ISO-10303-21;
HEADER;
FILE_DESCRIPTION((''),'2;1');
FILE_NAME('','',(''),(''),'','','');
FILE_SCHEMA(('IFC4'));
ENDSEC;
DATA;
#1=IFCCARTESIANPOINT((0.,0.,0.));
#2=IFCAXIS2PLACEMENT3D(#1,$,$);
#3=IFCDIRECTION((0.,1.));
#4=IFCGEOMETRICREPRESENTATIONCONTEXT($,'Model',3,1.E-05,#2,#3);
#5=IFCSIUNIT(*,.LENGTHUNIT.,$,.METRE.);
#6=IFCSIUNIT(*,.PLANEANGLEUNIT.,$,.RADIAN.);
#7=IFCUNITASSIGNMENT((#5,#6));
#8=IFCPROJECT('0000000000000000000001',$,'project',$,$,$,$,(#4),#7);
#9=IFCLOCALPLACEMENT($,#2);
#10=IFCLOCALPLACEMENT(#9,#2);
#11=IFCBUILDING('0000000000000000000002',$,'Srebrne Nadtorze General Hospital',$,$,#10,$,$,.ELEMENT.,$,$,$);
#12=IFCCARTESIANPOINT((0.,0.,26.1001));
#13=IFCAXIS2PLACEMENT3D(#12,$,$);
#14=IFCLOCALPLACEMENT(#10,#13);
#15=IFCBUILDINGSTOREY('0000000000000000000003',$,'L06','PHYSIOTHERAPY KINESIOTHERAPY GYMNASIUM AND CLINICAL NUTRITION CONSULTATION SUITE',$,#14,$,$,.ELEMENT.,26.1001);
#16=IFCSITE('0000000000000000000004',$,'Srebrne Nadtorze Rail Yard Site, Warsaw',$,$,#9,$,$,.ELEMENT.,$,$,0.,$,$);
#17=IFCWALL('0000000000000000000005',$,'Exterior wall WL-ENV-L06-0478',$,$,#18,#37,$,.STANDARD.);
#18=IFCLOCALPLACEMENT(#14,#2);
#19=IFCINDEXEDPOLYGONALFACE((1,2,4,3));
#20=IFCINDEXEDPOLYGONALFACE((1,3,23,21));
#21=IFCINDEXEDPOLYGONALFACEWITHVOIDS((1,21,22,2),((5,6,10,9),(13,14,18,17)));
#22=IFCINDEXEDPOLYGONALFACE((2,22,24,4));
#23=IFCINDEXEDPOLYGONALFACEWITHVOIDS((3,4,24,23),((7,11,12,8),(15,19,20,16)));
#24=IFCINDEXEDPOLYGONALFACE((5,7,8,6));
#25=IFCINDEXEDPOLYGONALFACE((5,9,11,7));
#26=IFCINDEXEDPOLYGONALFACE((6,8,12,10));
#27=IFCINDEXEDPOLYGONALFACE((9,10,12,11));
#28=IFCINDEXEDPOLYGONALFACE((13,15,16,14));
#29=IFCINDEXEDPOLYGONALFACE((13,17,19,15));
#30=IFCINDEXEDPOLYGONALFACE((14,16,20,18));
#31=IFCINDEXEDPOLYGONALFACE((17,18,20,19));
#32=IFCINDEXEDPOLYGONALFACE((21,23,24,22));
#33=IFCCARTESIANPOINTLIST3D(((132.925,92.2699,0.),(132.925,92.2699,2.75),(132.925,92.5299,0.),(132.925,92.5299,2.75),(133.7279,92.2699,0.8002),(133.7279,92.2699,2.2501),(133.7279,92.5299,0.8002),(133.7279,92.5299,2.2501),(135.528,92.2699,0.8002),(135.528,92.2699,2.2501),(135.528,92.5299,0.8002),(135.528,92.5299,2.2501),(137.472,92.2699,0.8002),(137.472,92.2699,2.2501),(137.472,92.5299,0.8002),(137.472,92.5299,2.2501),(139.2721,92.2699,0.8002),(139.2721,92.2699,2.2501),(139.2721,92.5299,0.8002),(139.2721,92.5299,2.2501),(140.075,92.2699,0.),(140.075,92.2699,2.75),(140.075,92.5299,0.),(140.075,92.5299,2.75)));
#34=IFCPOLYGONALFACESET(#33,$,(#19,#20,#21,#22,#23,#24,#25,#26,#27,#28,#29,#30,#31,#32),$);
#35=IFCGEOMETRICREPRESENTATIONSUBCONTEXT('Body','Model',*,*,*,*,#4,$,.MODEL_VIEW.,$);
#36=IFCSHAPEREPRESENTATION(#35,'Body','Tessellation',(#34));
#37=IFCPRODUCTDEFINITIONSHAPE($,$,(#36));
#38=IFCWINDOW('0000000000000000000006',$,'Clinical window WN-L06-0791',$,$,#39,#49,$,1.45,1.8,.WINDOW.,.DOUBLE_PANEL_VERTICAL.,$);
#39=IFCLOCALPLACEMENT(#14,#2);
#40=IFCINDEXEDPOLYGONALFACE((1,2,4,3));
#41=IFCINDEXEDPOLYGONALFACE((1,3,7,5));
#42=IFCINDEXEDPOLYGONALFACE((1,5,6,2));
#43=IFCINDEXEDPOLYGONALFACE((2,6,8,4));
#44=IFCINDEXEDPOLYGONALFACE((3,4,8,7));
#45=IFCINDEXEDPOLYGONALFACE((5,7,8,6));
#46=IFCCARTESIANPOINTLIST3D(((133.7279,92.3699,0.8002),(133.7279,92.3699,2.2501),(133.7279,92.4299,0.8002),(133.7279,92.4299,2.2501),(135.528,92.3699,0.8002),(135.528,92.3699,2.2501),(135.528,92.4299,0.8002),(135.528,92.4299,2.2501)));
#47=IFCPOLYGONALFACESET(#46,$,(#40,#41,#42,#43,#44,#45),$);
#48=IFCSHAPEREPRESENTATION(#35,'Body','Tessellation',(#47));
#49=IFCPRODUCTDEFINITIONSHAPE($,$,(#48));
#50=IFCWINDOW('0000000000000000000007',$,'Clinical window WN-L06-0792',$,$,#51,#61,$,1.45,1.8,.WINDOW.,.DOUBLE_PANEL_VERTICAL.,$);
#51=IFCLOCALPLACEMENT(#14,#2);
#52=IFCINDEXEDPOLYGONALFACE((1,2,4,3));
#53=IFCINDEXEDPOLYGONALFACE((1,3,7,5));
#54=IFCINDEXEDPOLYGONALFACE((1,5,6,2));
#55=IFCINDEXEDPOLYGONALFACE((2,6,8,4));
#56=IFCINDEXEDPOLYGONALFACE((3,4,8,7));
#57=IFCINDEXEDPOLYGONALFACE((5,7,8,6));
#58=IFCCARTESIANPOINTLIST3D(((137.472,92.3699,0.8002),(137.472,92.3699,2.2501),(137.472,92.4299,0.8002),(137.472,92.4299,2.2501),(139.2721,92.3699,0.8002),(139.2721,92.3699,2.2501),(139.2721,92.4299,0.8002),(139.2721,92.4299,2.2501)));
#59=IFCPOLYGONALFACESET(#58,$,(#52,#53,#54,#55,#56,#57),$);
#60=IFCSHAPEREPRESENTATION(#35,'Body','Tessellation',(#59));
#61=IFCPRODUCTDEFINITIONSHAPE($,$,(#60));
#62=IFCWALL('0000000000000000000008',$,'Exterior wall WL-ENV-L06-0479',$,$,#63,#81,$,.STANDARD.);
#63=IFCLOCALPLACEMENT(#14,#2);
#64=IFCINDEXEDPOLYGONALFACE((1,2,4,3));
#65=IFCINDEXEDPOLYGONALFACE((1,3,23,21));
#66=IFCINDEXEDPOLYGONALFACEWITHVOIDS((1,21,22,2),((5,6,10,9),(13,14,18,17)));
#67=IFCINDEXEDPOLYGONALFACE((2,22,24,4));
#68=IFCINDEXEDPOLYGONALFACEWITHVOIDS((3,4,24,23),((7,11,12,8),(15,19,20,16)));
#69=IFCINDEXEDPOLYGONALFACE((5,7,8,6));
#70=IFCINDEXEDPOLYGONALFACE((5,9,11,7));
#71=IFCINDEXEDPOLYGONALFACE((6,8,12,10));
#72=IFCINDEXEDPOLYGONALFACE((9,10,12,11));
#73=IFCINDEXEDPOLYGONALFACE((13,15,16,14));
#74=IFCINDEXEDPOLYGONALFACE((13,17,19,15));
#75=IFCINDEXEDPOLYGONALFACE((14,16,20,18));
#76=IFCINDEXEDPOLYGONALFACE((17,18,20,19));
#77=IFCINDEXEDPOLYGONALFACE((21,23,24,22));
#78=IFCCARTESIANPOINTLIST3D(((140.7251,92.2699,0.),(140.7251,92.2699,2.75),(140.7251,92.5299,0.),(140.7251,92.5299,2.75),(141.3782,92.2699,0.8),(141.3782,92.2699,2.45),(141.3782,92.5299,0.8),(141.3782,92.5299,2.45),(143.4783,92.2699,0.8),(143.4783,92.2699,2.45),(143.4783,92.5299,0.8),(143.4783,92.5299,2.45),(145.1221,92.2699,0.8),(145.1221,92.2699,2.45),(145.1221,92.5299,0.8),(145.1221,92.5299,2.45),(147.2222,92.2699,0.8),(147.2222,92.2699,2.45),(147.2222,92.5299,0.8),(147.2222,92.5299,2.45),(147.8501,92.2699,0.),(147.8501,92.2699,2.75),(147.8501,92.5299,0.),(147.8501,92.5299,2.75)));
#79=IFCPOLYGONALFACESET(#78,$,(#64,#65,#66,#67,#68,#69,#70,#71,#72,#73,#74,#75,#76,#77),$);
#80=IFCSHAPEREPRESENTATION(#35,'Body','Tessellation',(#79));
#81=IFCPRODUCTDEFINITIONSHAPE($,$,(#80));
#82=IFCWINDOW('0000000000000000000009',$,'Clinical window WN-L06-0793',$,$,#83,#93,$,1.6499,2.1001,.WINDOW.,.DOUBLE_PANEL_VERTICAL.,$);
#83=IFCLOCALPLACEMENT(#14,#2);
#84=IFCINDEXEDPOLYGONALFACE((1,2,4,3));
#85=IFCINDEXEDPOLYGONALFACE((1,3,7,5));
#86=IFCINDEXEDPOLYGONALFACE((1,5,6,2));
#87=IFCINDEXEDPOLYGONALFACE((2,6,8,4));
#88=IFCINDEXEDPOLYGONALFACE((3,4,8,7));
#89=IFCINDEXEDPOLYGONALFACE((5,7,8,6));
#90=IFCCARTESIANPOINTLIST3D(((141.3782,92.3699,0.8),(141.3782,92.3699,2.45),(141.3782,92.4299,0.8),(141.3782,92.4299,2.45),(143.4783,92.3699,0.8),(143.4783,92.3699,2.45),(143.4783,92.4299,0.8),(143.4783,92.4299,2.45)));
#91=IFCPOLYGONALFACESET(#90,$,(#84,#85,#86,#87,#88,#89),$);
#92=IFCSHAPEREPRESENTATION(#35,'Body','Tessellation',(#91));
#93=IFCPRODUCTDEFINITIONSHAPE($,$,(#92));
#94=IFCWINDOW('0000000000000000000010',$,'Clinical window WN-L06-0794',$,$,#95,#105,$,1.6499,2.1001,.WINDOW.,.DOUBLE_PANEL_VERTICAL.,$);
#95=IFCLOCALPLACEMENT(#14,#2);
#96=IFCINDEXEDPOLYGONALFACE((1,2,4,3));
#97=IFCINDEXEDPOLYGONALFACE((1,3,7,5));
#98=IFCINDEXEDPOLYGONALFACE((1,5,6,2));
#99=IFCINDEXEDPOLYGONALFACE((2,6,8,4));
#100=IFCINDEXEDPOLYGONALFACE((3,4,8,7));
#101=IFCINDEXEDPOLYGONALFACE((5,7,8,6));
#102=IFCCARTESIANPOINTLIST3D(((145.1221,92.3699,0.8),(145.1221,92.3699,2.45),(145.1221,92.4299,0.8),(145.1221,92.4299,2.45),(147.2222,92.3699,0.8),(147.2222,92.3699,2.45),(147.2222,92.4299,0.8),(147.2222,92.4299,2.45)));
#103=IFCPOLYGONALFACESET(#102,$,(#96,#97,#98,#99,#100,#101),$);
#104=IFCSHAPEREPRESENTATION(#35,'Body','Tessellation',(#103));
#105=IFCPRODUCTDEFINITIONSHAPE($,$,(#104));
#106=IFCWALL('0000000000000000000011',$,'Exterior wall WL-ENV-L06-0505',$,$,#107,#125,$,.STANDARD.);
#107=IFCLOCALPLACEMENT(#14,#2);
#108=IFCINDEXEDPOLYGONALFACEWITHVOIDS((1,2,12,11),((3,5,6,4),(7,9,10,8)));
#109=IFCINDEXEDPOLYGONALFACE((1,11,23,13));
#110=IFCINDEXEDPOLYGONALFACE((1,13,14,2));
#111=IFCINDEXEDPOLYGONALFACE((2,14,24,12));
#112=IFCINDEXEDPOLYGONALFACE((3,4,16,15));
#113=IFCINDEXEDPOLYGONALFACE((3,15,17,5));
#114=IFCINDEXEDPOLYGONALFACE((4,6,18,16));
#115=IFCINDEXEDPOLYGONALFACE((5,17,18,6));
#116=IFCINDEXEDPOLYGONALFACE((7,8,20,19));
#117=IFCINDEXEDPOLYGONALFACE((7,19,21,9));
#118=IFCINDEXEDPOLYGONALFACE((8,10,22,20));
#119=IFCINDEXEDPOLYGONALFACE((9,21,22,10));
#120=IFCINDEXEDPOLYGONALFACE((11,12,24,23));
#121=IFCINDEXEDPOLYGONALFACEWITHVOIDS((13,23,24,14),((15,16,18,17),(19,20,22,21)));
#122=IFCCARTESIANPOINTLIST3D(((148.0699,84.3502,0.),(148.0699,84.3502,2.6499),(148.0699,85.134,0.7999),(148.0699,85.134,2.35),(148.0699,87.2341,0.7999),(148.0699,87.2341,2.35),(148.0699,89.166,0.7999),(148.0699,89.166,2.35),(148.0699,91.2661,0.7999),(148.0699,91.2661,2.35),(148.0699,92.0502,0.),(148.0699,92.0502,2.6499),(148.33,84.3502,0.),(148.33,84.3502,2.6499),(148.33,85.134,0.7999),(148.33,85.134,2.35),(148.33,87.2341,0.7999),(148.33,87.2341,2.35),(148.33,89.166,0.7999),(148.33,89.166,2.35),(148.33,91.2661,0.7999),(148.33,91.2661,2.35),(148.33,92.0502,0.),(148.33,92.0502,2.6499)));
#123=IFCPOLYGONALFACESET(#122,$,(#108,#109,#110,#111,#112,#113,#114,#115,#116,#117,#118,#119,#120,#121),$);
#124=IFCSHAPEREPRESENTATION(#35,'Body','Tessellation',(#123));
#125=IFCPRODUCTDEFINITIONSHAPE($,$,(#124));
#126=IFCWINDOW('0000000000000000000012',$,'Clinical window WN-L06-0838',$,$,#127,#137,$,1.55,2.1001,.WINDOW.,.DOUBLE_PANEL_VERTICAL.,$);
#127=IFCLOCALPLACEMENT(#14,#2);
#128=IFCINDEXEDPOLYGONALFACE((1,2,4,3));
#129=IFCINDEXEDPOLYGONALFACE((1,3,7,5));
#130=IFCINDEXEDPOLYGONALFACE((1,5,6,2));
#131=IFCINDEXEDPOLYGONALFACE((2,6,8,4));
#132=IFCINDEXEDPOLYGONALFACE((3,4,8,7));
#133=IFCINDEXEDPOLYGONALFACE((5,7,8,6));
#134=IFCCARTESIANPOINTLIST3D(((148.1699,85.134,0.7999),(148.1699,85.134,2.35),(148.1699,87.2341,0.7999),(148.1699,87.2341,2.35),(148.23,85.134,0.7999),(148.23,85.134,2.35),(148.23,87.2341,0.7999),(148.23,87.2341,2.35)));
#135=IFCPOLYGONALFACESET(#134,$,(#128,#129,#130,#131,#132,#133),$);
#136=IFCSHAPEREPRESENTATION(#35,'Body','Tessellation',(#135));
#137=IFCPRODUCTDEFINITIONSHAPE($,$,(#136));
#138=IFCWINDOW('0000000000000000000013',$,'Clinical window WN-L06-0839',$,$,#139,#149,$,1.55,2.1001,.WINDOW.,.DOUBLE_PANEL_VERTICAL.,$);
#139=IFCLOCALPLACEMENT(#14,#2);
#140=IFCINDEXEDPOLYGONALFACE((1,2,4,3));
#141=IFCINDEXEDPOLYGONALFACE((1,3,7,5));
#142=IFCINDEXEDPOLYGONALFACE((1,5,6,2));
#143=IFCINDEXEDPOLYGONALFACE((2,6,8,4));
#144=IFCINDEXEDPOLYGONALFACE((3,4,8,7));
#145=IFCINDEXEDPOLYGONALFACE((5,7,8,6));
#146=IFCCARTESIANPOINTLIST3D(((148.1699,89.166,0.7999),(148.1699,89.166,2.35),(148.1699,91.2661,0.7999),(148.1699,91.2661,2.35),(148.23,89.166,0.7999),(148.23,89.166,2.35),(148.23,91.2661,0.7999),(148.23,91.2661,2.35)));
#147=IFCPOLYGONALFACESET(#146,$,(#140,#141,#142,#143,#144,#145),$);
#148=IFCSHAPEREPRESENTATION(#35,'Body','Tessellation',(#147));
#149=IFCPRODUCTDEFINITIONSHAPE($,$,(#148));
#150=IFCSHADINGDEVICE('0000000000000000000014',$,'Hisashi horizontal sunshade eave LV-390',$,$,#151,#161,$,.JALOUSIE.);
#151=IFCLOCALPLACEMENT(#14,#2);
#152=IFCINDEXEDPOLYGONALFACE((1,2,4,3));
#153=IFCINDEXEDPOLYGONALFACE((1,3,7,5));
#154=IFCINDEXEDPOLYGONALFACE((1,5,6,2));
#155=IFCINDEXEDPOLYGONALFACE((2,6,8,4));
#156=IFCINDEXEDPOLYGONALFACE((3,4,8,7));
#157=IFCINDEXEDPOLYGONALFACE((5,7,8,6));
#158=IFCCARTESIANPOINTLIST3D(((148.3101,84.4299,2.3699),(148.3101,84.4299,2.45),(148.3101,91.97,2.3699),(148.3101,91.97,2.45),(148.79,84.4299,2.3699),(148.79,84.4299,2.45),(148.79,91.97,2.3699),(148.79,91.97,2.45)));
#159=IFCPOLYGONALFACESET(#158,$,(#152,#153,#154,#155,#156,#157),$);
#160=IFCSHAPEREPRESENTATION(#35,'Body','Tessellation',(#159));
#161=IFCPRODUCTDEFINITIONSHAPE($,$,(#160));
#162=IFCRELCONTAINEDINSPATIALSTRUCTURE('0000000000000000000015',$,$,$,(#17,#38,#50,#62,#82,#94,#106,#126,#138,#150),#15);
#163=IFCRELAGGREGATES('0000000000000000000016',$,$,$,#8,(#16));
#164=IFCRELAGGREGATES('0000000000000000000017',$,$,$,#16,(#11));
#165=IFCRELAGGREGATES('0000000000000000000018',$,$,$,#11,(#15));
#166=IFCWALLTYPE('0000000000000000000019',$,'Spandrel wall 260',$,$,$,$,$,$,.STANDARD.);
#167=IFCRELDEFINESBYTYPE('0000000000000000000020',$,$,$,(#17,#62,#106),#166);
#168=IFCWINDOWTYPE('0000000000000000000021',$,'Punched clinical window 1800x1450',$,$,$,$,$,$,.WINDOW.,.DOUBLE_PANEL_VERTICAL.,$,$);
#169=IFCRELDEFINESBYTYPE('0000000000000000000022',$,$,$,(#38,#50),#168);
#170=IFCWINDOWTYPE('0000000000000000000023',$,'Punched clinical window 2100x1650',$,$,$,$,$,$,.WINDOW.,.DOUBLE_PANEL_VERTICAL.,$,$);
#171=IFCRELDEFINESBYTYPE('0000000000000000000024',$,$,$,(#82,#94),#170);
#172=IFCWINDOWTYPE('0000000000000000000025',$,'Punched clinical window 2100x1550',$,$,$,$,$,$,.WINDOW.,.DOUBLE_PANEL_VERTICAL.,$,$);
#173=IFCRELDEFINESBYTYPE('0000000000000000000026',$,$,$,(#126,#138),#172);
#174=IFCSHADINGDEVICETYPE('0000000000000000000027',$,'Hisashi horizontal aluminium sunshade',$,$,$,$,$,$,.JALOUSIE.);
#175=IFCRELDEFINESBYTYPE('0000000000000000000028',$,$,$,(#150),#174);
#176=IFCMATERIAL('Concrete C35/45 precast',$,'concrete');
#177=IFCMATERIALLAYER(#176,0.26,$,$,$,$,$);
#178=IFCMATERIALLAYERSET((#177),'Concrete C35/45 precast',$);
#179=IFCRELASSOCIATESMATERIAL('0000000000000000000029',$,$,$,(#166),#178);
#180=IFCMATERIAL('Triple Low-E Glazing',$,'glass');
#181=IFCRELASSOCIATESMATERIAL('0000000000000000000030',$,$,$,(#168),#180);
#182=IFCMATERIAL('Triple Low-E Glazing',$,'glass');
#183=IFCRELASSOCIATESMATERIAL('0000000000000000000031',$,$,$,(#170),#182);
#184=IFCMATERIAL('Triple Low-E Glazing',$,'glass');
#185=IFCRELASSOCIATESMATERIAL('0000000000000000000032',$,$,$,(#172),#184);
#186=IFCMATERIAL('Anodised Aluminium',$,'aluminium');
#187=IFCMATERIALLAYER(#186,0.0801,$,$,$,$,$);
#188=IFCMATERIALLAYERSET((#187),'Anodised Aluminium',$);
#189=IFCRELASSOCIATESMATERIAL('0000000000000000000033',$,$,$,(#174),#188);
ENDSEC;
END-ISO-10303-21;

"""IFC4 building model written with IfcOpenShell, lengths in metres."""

from ifc_helpers import new_model, si_unit, direction, frame, frame_2d, origin, origin_2d, place, context, subcontext, project, spatial, rectangle, extrude, material, layer, layer_set, type_object, element, fill, save


model = new_model("IFC4")

# Units and contexts
model_context = context("Model", 3, precision=1e-05, world=origin(), true_north=direction((0.0, 1.0)))
body_context = subcontext(model_context, "Body", "Model", "MODEL_VIEW")
ifc_project = project(units=[si_unit("LENGTHUNIT", "METRE"), si_unit("PLANEANGLEUNIT", "RADIAN")], contexts=[model_context])

# Site, building, storey
site_placement = place(None, origin())
site = spatial("IfcSite", under=ifc_project, at=site_placement, Name="Srebrne Nadtorze Rail Yard Site, Warsaw", CompositionType="ELEMENT", RefElevation=0.0)
building_placement = place(site_placement, origin())
building = spatial("IfcBuilding", under=site, at=building_placement, Name="Srebrne Nadtorze General Hospital", CompositionType="ELEMENT")
storey_placement = place(building_placement, frame((0.0, 0.0, 26.1001)))
storey = spatial("IfcBuildingStorey", under=building, at=storey_placement, Name="L06", Description="PHYSIOTHERAPY KINESIOTHERAPY GYMNASIUM AND CLINICAL NUTRITION CONSULTATION SUITE", CompositionType="ELEMENT", Elevation=26.1001)

# Walls, openings, windows
ifc_material_1 = material(Name="Concrete C35/45 precast", Category="concrete")
ifc_layer_1 = layer(ifc_material_1, 0.26)
ifc_layer_set_1 = layer_set([ifc_layer_1], Name="Concrete C35/45 precast")
wall_type = type_object("IfcWallType", Name="Spandrel wall 260", PredefinedType="STANDARD", material=ifc_layer_set_1)
wall_1_placement = place(storey_placement, frame((132.925, 92.3999, 0.0), z_axis=(0.0, 0.0, 1.0), x_axis=(1.0, 0.0, 0.0)))
wall_1 = element("IfcWall", 1, at=wall_1_placement, inside=storey, type_object=wall_type, Name="Exterior wall WL-ENV-L06-0478", PredefinedType="STANDARD", context=body_context, shape_type="SweptSolid", body=[
    extrude(rectangle(XDim=7.1499, YDim=0.26, at=frame_2d((3.575, 0.0))), origin(), (0.0, 0.0, 1.0), 2.75),
])
opening_1_placement = place(wall_1_placement, frame((0.803, 0.0, 0.8)))
opening_1 = element("IfcOpeningElement", 2, at=opening_1_placement, cuts=wall_1, PredefinedType="OPENING", context=body_context, shape_type="SweptSolid", body=[
    extrude(rectangle(XDim=1.8, YDim=1.45, at=frame_2d((0.8999, 0.7251))), frame((0.0, 0.1421, 0.0), z_axis=(0.0, -1.0, 0.0), x_axis=(1.0, 0.0, 0.0)), (0.0, 0.0, 1.0), 0.2839),
])
opening_2_placement = place(wall_1_placement, frame((4.5471, 0.0, 0.8)))
opening_2 = element("IfcOpeningElement", 3, at=opening_2_placement, cuts=wall_1, PredefinedType="OPENING", context=body_context, shape_type="SweptSolid", body=[
    extrude(rectangle(XDim=1.8, YDim=1.45, at=frame_2d((0.8999, 0.7251))), frame((0.0, 0.1421, 0.0), z_axis=(0.0, -1.0, 0.0), x_axis=(1.0, 0.0, 0.0)), (0.0, 0.0, 1.0), 0.2839),
])
ifc_material_2 = material(Name="Triple Low-E Glazing", Category="glass")
window_type_1 = type_object("IfcWindowType", Name="Punched clinical window 1800x1450", PartitioningType="DOUBLE_PANEL_VERTICAL", PredefinedType="WINDOW", material=ifc_material_2)
window_1_placement = place(opening_1_placement, origin())
window_1 = element("IfcWindow", 4, at=window_1_placement, inside=storey, type_object=window_type_1, Name="Clinical window WN-L06-0791", OverallHeight=1.45, OverallWidth=1.8, PartitioningType="DOUBLE_PANEL_VERTICAL", PredefinedType="WINDOW", context=body_context, shape_type="SweptSolid", body=[
    extrude(rectangle(XDim=1.8, YDim=1.45, at=frame_2d((0.8999, 0.7251))), frame((0.0, 0.03, 0.0), z_axis=(0.0, -1.0, 0.0), x_axis=(1.0, 0.0, 0.0)), (0.0, 0.0, 1.0), 0.0601),
])
fill(opening_1, window_1)
window_2_placement = place(opening_2_placement, origin())
window_2 = element("IfcWindow", 5, at=window_2_placement, inside=storey, type_object=window_type_1, Name="Clinical window WN-L06-0792", OverallHeight=1.45, OverallWidth=1.8, PartitioningType="DOUBLE_PANEL_VERTICAL", PredefinedType="WINDOW", context=body_context, shape_type="SweptSolid", body=[
    extrude(rectangle(XDim=1.8, YDim=1.45, at=frame_2d((0.8999, 0.7251))), frame((0.0, 0.03, 0.0), z_axis=(0.0, -1.0, 0.0), x_axis=(1.0, 0.0, 0.0)), (0.0, 0.0, 1.0), 0.0601),
])
fill(opening_2, window_2)
wall_2_placement = place(storey_placement, frame((140.7251, 92.3999, 0.0), z_axis=(0.0, 0.0, 1.0), x_axis=(1.0, 0.0, 0.0)))
wall_2 = element("IfcWall", 6, at=wall_2_placement, inside=storey, type_object=wall_type, Name="Exterior wall WL-ENV-L06-0479", PredefinedType="STANDARD", context=body_context, shape_type="SweptSolid", body=[
    extrude(rectangle(XDim=7.125, YDim=0.26, at=frame_2d((3.5625, 0.0))), origin(), (0.0, 0.0, 1.0), 2.75),
])
opening_3_placement = place(wall_2_placement, frame((0.6531, 0.0, 0.8)))
opening_3 = element("IfcOpeningElement", 7, at=opening_3_placement, cuts=wall_2, PredefinedType="OPENING", context=body_context, shape_type="SweptSolid", body=[
    extrude(rectangle(XDim=2.1001, YDim=1.6499, at=frame_2d((1.05, 0.825))), frame((0.0, 0.1421, 0.0), z_axis=(0.0, -1.0, 0.0), x_axis=(1.0, 0.0, 0.0)), (0.0, 0.0, 1.0), 0.2839),
])
opening_4_placement = place(wall_2_placement, frame((4.397, 0.0, 0.8)))
opening_4 = element("IfcOpeningElement", 8, at=opening_4_placement, cuts=wall_2, PredefinedType="OPENING", context=body_context, shape_type="SweptSolid", body=[
    extrude(rectangle(XDim=2.1001, YDim=1.6499, at=frame_2d((1.05, 0.825))), frame((0.0, 0.1421, 0.0), z_axis=(0.0, -1.0, 0.0), x_axis=(1.0, 0.0, 0.0)), (0.0, 0.0, 1.0), 0.2839),
])
ifc_material_3 = material(Name="Triple Low-E Glazing", Category="glass")
window_type_2 = type_object("IfcWindowType", Name="Punched clinical window 2100x1650", PartitioningType="DOUBLE_PANEL_VERTICAL", PredefinedType="WINDOW", material=ifc_material_3)
window_3_placement = place(opening_3_placement, origin())
window_3 = element("IfcWindow", 9, at=window_3_placement, inside=storey, type_object=window_type_2, Name="Clinical window WN-L06-0793", OverallHeight=1.6499, OverallWidth=2.1001, PartitioningType="DOUBLE_PANEL_VERTICAL", PredefinedType="WINDOW", context=body_context, shape_type="SweptSolid", body=[
    extrude(rectangle(XDim=2.1001, YDim=1.6499, at=frame_2d((1.05, 0.825))), frame((0.0, 0.03, 0.0), z_axis=(0.0, -1.0, 0.0), x_axis=(1.0, 0.0, 0.0)), (0.0, 0.0, 1.0), 0.0601),
])
fill(opening_3, window_3)
window_4_placement = place(opening_4_placement, origin())
window_4 = element("IfcWindow", 10, at=window_4_placement, inside=storey, type_object=window_type_2, Name="Clinical window WN-L06-0794", OverallHeight=1.6499, OverallWidth=2.1001, PartitioningType="DOUBLE_PANEL_VERTICAL", PredefinedType="WINDOW", context=body_context, shape_type="SweptSolid", body=[
    extrude(rectangle(XDim=2.1001, YDim=1.6499, at=frame_2d((1.05, 0.825))), frame((0.0, 0.03, 0.0), z_axis=(0.0, -1.0, 0.0), x_axis=(1.0, 0.0, 0.0)), (0.0, 0.0, 1.0), 0.0601),
])
fill(opening_4, window_4)
wall_3_placement = place(storey_placement, frame((148.2, 84.3501, 0.0), z_axis=(0.0, 0.0, 1.0), x_axis=(0.0, 1.0, 0.0)))
wall_3 = element("IfcWall", 11, at=wall_3_placement, inside=storey, type_object=wall_type, Name="Exterior wall WL-ENV-L06-0505", PredefinedType="STANDARD", context=body_context, shape_type="SweptSolid", body=[
    extrude(rectangle(XDim=7.7, YDim=0.26, at=frame_2d((3.8501, 0.0))), origin(), (0.0, 0.0, 1.0), 2.6499),
])
opening_5_placement = place(wall_3_placement, frame((0.7839, 0.0, 0.8)))
opening_5 = element("IfcOpeningElement", 12, at=opening_5_placement, cuts=wall_3, PredefinedType="OPENING", context=body_context, shape_type="SweptSolid", body=[
    extrude(rectangle(XDim=2.1001, YDim=1.55, at=frame_2d((1.05, 0.7749))), frame((0.0, 0.1421, 0.0), z_axis=(0.0, -1.0, 0.0), x_axis=(1.0, 0.0, 0.0)), (0.0, 0.0, 1.0), 0.2839),
])
opening_6_placement = place(wall_3_placement, frame((4.8159, 0.0, 0.8)))
opening_6 = element("IfcOpeningElement", 13, at=opening_6_placement, cuts=wall_3, PredefinedType="OPENING", context=body_context, shape_type="SweptSolid", body=[
    extrude(rectangle(XDim=2.1001, YDim=1.55, at=frame_2d((1.05, 0.7749))), frame((0.0, 0.1421, 0.0), z_axis=(0.0, -1.0, 0.0), x_axis=(1.0, 0.0, 0.0)), (0.0, 0.0, 1.0), 0.2839),
])
ifc_material_4 = material(Name="Triple Low-E Glazing", Category="glass")
window_type_3 = type_object("IfcWindowType", Name="Punched clinical window 2100x1550", PartitioningType="DOUBLE_PANEL_VERTICAL", PredefinedType="WINDOW", material=ifc_material_4)
window_5_placement = place(opening_5_placement, origin())
window_5 = element("IfcWindow", 14, at=window_5_placement, inside=storey, type_object=window_type_3, Name="Clinical window WN-L06-0838", OverallHeight=1.55, OverallWidth=2.1001, PartitioningType="DOUBLE_PANEL_VERTICAL", PredefinedType="WINDOW", context=body_context, shape_type="SweptSolid", body=[
    extrude(rectangle(XDim=2.1001, YDim=1.55, at=frame_2d((1.05, 0.7749))), frame((0.0, 0.03, 0.0), z_axis=(0.0, -1.0, 0.0), x_axis=(1.0, 0.0, 0.0)), (0.0, 0.0, 1.0), 0.0601),
])
fill(opening_5, window_5)
window_6_placement = place(opening_6_placement, origin())
window_6 = element("IfcWindow", 15, at=window_6_placement, inside=storey, type_object=window_type_3, Name="Clinical window WN-L06-0839", OverallHeight=1.55, OverallWidth=2.1001, PartitioningType="DOUBLE_PANEL_VERTICAL", PredefinedType="WINDOW", context=body_context, shape_type="SweptSolid", body=[
    extrude(rectangle(XDim=2.1001, YDim=1.55, at=frame_2d((1.05, 0.7749))), frame((0.0, 0.03, 0.0), z_axis=(0.0, -1.0, 0.0), x_axis=(1.0, 0.0, 0.0)), (0.0, 0.0, 1.0), 0.0601),
])
fill(opening_6, window_6)

# Shading device
ifc_material_5 = material(Name="Anodised Aluminium", Category="aluminium")
ifc_layer_2 = layer(ifc_material_5, 0.0801)
ifc_layer_set_2 = layer_set([ifc_layer_2], Name="Anodised Aluminium")
shading_device_type = type_object("IfcShadingDeviceType", Name="Hisashi horizontal aluminium sunshade", PredefinedType="JALOUSIE", material=ifc_layer_set_2)
shading_device_placement = place(storey_placement, frame((148.55, 88.2, 2.3699), z_axis=(0.0, 0.0, 1.0), x_axis=(1.0, 0.0, 0.0)))
element("IfcShadingDevice", 16, at=shading_device_placement, inside=storey, type_object=shading_device_type, Name="Hisashi horizontal sunshade eave LV-390", PredefinedType="JALOUSIE", context=body_context, shape_type="SweptSolid", body=[
    extrude(rectangle(XDim=0.48, YDim=7.54, at=origin_2d()), origin(), (0.0, 0.0, 1.0), 0.0801),
])

save(model, "model.ifc")
